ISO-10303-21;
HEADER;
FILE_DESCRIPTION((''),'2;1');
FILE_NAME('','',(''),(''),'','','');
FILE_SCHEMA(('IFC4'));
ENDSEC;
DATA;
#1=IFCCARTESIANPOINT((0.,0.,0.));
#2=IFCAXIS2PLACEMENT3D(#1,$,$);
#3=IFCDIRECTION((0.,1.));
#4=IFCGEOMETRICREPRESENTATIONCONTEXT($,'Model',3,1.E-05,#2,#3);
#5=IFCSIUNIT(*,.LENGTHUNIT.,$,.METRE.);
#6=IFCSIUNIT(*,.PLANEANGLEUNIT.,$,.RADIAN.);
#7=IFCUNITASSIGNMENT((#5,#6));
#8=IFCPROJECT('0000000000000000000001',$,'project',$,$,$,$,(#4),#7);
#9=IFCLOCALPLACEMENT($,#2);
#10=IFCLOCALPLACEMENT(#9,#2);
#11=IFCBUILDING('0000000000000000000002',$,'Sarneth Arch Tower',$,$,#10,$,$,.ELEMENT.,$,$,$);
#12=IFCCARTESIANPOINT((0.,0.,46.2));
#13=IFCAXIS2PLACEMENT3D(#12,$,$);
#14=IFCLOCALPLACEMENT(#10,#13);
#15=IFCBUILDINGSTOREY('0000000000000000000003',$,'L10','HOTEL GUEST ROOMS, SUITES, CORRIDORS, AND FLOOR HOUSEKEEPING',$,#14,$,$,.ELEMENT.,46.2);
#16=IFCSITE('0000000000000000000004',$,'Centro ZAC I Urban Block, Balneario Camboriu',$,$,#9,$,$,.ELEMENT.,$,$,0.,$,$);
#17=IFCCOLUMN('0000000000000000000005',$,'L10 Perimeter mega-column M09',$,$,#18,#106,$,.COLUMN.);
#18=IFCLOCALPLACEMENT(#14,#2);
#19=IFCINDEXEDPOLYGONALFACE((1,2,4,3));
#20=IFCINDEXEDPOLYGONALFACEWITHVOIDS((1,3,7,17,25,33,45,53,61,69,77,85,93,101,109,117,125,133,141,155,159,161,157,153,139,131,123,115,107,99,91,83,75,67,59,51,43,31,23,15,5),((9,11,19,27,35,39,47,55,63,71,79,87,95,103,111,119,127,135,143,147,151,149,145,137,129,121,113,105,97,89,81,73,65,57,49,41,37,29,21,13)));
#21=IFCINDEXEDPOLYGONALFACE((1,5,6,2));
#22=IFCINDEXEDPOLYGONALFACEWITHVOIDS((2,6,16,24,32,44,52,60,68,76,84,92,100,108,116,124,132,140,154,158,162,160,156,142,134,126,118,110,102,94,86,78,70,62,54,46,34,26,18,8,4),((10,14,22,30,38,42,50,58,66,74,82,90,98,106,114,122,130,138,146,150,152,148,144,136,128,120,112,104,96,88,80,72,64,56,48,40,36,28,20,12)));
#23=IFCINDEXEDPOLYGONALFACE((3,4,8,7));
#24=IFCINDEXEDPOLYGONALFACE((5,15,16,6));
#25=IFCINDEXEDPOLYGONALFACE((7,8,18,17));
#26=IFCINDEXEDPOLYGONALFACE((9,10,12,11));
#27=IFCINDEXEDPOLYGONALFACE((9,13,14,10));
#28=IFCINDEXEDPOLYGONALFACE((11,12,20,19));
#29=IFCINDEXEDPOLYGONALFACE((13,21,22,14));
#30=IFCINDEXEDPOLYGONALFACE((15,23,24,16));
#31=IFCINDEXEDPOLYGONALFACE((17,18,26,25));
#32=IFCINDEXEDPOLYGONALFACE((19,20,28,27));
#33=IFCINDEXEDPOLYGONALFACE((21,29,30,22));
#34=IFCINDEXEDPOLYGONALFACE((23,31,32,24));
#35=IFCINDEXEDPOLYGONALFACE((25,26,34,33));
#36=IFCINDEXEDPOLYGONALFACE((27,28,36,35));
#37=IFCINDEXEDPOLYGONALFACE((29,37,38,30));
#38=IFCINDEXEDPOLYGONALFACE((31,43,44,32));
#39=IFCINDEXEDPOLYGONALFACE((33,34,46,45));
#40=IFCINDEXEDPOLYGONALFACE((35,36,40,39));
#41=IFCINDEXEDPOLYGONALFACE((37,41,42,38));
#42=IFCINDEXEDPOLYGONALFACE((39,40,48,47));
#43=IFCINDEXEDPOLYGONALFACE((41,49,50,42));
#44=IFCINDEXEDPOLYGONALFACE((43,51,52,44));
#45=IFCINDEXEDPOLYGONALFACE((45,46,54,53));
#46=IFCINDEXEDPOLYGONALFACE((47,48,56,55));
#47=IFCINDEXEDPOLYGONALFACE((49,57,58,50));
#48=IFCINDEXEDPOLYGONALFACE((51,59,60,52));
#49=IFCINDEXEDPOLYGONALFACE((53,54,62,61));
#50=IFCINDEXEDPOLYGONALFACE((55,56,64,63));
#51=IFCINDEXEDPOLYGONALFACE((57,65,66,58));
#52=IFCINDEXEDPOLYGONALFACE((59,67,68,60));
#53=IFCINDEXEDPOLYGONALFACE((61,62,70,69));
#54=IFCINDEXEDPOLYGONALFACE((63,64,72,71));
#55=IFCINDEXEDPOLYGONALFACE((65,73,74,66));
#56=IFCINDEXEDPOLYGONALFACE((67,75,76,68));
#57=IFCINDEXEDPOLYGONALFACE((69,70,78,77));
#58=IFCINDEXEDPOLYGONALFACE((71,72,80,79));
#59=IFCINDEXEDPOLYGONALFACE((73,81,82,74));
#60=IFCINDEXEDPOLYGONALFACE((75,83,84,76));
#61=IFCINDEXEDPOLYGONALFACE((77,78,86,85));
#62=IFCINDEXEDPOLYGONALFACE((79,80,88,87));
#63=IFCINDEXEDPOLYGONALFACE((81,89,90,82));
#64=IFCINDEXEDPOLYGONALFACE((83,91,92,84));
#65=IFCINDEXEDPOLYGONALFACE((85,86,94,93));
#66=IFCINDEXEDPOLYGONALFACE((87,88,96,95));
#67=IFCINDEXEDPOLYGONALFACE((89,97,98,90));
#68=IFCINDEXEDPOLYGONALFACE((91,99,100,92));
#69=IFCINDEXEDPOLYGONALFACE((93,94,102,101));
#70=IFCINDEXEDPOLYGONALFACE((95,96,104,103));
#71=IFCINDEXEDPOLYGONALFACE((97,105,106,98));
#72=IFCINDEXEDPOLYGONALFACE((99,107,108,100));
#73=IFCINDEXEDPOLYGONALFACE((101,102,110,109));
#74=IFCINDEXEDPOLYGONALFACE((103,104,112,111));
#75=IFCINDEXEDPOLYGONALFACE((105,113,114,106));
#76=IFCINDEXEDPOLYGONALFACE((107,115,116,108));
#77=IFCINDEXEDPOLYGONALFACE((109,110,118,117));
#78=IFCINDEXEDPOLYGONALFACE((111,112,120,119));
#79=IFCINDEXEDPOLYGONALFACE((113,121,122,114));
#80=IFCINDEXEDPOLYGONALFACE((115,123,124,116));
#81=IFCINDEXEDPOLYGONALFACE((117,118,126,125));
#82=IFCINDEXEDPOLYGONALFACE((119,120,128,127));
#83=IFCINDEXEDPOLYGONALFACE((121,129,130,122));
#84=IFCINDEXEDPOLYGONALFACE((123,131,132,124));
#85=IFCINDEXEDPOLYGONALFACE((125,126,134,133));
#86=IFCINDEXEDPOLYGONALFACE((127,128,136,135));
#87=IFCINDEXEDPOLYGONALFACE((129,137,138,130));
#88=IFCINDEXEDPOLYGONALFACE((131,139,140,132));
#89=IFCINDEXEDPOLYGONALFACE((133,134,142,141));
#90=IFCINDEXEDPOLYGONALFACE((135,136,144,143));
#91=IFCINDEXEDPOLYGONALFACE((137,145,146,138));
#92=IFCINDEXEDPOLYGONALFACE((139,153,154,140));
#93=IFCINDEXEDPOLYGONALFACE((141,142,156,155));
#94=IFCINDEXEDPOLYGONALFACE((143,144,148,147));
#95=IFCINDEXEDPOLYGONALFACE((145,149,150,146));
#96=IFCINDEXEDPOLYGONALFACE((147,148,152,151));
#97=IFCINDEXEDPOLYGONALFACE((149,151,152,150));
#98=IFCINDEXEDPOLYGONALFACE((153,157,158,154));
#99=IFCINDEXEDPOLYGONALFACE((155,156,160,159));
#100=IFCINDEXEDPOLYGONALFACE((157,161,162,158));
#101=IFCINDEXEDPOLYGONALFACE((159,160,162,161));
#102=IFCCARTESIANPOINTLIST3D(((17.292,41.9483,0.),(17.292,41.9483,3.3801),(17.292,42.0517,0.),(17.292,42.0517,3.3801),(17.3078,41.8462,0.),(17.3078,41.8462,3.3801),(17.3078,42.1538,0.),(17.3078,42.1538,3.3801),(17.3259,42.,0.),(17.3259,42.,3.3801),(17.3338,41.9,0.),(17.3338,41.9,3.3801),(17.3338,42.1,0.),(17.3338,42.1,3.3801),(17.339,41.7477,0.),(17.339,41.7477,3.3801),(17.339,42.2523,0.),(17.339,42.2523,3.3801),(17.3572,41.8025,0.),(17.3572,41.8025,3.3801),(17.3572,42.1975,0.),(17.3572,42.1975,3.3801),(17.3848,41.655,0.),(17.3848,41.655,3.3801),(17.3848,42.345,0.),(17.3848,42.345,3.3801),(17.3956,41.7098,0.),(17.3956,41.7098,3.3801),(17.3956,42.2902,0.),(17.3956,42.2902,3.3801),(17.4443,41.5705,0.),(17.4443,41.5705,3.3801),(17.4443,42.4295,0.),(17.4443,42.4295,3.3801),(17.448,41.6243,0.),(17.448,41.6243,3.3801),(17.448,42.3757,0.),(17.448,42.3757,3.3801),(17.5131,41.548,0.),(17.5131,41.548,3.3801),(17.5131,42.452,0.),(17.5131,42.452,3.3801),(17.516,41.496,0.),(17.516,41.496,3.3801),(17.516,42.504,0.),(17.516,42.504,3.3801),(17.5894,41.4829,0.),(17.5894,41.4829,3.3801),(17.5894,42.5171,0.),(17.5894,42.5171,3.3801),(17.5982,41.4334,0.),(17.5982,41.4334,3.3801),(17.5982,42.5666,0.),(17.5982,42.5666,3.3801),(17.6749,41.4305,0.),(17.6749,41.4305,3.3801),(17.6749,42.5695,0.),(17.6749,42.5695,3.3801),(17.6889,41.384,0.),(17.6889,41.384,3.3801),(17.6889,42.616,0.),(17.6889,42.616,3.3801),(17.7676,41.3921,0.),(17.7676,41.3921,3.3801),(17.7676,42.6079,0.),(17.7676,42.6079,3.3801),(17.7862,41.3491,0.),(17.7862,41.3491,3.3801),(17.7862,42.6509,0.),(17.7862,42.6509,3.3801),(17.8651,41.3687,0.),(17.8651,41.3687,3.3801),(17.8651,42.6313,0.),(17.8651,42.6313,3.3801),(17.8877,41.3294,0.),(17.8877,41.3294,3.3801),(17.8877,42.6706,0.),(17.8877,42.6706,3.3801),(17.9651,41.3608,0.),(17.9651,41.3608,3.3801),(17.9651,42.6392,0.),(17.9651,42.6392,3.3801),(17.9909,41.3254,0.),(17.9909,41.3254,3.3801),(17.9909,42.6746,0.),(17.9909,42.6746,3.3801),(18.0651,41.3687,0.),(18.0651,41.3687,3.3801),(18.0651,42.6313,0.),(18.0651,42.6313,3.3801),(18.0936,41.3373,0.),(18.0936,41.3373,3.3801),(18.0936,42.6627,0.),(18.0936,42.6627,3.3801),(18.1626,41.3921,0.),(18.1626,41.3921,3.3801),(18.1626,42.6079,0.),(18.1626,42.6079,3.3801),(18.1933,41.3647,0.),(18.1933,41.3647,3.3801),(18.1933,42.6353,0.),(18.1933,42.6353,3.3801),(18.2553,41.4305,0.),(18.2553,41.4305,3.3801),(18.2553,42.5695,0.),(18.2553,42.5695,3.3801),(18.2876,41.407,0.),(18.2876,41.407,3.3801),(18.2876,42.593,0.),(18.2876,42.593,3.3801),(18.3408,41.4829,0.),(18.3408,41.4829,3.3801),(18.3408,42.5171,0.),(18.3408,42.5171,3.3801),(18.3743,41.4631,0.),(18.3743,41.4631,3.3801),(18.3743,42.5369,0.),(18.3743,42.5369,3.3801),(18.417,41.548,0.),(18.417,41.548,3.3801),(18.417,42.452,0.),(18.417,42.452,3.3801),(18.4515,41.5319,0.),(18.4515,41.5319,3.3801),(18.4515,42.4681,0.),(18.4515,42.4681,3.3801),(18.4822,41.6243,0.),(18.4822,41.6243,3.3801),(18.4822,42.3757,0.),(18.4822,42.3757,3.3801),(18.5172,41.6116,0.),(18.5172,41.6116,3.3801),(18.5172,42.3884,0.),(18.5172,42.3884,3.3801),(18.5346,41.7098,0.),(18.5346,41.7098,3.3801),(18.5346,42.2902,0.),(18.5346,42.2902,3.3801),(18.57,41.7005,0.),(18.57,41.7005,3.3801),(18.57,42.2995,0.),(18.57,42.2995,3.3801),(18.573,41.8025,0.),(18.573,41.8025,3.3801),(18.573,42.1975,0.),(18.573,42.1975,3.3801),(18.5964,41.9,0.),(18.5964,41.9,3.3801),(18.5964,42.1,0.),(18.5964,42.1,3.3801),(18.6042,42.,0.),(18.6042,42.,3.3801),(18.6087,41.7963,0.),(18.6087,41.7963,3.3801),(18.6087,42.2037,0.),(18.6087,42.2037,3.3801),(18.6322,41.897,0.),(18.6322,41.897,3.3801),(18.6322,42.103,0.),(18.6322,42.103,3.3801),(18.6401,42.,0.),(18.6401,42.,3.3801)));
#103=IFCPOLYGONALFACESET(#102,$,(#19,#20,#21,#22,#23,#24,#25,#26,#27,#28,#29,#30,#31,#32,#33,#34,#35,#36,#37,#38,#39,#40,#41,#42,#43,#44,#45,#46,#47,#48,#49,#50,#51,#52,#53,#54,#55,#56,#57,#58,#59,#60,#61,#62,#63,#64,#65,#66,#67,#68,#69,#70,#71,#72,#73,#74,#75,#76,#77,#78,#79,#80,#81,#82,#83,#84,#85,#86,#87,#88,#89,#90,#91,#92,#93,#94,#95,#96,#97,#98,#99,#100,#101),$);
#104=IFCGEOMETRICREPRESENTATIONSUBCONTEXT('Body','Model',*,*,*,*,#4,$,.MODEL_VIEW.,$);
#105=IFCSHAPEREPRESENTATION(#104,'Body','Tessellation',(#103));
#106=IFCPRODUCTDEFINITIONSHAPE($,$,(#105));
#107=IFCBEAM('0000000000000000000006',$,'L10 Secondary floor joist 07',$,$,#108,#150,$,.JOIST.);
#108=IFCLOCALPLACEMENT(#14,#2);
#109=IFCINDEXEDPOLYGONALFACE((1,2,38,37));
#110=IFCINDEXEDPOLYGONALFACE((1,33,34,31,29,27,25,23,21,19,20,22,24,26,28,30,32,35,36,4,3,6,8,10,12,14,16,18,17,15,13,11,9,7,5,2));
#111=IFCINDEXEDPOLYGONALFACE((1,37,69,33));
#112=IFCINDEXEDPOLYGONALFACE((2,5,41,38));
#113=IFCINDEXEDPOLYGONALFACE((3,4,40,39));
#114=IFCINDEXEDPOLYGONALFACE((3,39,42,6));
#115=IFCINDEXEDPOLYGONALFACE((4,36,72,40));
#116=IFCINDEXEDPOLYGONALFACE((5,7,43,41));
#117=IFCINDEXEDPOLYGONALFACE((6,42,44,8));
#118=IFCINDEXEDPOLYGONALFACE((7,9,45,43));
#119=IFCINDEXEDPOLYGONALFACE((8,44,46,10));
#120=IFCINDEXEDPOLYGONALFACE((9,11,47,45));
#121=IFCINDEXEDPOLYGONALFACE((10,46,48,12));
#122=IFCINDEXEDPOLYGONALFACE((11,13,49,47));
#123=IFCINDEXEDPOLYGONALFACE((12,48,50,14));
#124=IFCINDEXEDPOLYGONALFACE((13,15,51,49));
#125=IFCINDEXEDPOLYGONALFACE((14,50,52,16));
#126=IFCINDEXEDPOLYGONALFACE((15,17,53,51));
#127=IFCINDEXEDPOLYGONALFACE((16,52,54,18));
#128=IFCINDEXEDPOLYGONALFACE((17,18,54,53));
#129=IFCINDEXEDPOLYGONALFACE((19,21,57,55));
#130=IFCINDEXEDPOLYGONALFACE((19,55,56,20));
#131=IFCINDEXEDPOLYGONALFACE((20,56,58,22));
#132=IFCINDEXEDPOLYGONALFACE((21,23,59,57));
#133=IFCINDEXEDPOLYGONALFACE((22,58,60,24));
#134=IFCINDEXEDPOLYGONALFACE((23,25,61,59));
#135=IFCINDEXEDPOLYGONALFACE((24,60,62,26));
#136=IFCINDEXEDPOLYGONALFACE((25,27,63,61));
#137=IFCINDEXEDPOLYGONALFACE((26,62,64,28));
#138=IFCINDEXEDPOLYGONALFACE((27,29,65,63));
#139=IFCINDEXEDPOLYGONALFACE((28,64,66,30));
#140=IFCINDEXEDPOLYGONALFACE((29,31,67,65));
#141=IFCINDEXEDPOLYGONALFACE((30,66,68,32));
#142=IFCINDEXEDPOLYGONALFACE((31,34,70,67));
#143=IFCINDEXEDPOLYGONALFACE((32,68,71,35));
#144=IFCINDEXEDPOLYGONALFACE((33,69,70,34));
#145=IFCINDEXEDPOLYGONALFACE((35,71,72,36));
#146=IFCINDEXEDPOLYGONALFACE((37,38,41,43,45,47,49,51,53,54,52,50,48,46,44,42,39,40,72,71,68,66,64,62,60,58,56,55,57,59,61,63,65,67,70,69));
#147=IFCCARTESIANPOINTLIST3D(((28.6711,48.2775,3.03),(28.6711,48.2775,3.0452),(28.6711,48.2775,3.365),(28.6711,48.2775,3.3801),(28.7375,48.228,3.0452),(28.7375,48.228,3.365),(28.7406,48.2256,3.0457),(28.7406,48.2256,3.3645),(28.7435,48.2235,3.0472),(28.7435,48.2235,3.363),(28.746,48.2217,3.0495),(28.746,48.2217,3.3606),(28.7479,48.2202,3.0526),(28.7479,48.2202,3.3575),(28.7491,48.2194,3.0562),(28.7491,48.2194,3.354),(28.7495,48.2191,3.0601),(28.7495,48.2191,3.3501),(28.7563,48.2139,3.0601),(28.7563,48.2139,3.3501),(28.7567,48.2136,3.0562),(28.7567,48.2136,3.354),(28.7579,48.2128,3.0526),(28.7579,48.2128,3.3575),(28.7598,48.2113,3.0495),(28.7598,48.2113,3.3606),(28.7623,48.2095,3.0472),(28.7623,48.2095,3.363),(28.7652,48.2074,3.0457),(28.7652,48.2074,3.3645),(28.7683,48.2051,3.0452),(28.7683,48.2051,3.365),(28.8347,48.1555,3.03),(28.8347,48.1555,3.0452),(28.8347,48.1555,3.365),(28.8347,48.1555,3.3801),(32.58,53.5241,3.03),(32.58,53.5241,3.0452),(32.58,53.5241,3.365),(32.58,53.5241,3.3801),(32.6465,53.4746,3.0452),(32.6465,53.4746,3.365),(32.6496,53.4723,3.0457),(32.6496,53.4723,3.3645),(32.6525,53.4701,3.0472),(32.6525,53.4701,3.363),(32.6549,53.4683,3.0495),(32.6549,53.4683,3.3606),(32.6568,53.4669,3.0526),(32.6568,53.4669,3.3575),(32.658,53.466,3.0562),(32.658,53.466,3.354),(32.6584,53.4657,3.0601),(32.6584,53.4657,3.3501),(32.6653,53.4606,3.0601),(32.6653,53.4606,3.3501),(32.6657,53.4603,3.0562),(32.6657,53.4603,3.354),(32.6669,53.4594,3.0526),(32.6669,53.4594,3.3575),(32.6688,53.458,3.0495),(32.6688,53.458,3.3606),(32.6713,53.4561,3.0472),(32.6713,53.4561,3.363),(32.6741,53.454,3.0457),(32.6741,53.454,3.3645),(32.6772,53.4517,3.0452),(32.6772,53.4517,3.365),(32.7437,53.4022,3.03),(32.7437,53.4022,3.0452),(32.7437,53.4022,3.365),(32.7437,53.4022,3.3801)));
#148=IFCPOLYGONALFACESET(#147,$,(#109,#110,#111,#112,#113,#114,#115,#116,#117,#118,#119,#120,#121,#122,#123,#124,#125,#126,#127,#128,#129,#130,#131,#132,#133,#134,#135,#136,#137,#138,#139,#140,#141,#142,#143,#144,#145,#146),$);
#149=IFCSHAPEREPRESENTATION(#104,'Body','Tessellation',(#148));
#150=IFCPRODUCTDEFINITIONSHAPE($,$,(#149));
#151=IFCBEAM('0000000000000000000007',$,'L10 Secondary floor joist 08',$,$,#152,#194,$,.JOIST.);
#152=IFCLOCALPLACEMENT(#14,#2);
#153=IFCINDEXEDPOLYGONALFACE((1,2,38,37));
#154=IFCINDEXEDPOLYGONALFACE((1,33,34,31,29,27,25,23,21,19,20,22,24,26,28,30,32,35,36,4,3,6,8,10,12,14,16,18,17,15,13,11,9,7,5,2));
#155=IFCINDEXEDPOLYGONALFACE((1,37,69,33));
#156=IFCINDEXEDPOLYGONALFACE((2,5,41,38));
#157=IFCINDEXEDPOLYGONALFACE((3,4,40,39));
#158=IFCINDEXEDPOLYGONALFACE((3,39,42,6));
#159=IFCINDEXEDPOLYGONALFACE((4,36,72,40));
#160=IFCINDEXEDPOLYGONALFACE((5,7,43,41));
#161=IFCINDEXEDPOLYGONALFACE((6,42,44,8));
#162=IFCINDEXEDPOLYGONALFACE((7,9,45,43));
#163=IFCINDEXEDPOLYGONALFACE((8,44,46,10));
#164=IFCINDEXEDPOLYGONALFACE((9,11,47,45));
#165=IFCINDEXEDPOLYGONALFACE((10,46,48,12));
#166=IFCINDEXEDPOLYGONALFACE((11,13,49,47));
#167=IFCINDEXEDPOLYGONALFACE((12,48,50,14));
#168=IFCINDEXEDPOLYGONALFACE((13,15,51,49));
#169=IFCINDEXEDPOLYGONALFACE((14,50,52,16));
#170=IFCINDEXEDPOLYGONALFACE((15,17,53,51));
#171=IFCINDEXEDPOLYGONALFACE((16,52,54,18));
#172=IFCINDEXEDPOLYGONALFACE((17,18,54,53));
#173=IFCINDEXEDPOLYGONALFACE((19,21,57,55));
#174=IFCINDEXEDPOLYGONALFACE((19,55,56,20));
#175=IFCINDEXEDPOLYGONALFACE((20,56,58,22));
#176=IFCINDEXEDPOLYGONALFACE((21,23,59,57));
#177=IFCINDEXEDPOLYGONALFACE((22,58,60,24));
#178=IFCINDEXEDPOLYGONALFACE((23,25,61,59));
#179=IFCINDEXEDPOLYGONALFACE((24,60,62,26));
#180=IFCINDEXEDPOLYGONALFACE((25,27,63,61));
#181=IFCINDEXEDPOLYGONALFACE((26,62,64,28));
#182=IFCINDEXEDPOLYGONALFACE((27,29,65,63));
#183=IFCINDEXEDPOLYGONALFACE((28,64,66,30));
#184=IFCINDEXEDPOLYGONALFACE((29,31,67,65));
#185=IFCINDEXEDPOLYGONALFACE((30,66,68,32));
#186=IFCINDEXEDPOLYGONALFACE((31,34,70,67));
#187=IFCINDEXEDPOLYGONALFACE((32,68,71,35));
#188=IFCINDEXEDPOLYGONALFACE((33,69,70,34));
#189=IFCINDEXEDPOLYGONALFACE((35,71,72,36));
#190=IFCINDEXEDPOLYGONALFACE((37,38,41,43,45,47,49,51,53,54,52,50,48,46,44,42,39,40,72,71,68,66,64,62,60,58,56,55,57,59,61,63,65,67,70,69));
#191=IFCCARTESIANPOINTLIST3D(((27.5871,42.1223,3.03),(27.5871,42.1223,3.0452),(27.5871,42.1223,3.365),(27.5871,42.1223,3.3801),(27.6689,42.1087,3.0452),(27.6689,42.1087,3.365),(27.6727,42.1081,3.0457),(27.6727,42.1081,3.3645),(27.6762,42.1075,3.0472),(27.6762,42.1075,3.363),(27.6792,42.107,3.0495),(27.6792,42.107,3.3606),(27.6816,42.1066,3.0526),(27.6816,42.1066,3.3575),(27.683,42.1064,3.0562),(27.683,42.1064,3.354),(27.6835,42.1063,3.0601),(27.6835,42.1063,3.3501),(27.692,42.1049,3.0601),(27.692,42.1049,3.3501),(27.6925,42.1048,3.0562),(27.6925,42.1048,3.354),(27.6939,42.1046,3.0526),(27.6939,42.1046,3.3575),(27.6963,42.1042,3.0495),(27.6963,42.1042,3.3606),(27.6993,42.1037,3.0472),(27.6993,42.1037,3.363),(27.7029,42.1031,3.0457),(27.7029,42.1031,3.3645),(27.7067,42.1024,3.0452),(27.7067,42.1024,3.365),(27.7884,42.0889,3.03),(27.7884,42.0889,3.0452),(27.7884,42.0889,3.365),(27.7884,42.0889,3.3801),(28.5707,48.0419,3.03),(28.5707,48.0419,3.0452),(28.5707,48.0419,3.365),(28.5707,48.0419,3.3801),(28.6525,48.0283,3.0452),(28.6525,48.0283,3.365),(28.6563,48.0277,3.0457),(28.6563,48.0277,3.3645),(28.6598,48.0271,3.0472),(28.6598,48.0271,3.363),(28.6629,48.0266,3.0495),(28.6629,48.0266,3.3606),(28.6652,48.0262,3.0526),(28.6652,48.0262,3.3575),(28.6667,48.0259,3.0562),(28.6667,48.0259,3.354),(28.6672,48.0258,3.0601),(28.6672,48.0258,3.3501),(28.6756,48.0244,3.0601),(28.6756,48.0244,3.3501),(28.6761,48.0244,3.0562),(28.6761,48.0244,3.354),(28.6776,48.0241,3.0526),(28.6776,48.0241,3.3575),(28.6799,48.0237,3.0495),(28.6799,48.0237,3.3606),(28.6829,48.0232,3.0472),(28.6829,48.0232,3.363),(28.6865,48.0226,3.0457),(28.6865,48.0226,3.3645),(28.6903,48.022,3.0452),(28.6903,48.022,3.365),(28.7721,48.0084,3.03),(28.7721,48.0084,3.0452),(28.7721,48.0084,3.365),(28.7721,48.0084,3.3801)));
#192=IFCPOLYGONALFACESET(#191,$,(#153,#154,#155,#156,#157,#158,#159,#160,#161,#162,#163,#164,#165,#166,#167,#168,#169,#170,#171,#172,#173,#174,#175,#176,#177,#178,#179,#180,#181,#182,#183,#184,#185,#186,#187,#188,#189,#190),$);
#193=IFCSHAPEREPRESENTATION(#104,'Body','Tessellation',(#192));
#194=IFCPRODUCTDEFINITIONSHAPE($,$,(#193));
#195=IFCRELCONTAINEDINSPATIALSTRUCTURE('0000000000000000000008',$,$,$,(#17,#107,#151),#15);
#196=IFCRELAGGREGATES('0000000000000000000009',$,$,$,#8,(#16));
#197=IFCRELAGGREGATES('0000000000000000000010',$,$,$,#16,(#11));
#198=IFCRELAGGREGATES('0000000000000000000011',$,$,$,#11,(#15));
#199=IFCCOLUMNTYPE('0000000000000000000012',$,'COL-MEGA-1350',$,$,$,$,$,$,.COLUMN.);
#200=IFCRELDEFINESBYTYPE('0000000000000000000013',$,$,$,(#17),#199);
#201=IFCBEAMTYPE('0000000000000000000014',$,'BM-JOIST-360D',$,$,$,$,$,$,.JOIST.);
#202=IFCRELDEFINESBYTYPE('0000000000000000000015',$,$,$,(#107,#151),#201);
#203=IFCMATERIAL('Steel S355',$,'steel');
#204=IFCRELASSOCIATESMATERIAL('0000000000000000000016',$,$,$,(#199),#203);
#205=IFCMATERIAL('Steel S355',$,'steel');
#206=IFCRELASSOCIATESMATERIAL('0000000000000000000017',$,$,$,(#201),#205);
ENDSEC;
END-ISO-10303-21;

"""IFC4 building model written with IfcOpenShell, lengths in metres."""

from ifc_helpers import new_model, si_unit, direction, frame, origin, origin_2d, place, context, subcontext, project, spatial, hollow_circle, i_section, extrude, material, material_profile, profile_set, type_object, element, save


model = new_model("IFC4")

# Units and contexts
model_context = context("Model", 3, precision=1e-05, world=origin(), true_north=direction((0.0, 1.0)))
body_context = subcontext(model_context, "Body", "Model", "MODEL_VIEW")
ifc_project = project(units=[si_unit("LENGTHUNIT", "METRE"), si_unit("PLANEANGLEUNIT", "RADIAN")], contexts=[model_context])

# Site, building, storey
site_placement = place(None, origin())
site = spatial("IfcSite", under=ifc_project, at=site_placement, Name="Centro ZAC I Urban Block, Balneario Camboriu", CompositionType="ELEMENT", RefElevation=0.0)
building_placement = place(site_placement, origin())
building = spatial("IfcBuilding", under=site, at=building_placement, Name="Sarneth Arch Tower", CompositionType="ELEMENT")
storey_placement = place(building_placement, frame((0.0, 0.0, 46.2)))
storey = spatial("IfcBuildingStorey", under=building, at=storey_placement, Name="L10", Description="HOTEL GUEST ROOMS, SUITES, CORRIDORS, AND FLOOR HOUSEKEEPING", CompositionType="ELEMENT", Elevation=46.2)

# Column
ifc_material_1 = material(Name="Steel S355", Category="steel")
ifc_material_profile_1 = material_profile(ifc_material_1, hollow_circle(Radius=0.675, WallThickness=0.0359, at=origin_2d()), Name="CHS1350x36")
ifc_profile_set_1 = profile_set([ifc_material_profile_1], Name="Steel S355")
column_type = type_object("IfcColumnType", Name="COL-MEGA-1350", PredefinedType="COLUMN", material=ifc_profile_set_1)
for number, where, z_axis, x_axis, name in (
    (1, (17.9651, 42.0, 0.0), (0.0, 0.0, 1.0), (1.0, 0.0, 0.0), "L10 Perimeter mega-column M09"),
):
    element("IfcColumn", number, at=place(storey_placement, frame(where, z_axis=z_axis, x_axis=x_axis)), inside=storey, type_object=column_type, Name=name, PredefinedType="COLUMN", context=body_context, shape_type="SweptSolid", body=[
        extrude(hollow_circle(Radius=0.675, WallThickness=0.0359, at=origin_2d()), origin(), (0.0, 0.0, 1.0), 3.3801),
    ])

# Beams
ifc_material_2 = material(Name="Steel S355", Category="steel")
ifc_material_profile_2 = material_profile(ifc_material_2, i_section(OverallWidth=0.2041, OverallDepth=0.3501, WebThickness=0.0085, FlangeThickness=0.0151, FilletRadius=0.0149, at=origin_2d()), Name="W360x72")
ifc_profile_set_2 = profile_set([ifc_material_profile_2], Name="Steel S355")
beam_type_1 = type_object("IfcBeamType", Name="BM-JOIST-360D", PredefinedType="JOIST", material=ifc_profile_set_2)
beam_1_placement = place(storey_placement, frame((32.6619, 53.4631, 3.2051), z_axis=(-0.597454, -0.801904, 0.0), x_axis=(0.801904, -0.597454, 0.0)))
element("IfcBeam", 2, at=beam_1_placement, inside=storey, type_object=beam_type_1, Name="L10 Secondary floor joist 07", PredefinedType="JOIST", context=body_context, shape_type="SweptSolid", body=[
    extrude(i_section(OverallWidth=0.2041, OverallDepth=0.3501, WebThickness=0.0085, FlangeThickness=0.0151, FilletRadius=0.0149, at=origin_2d()), origin(), (0.0, 0.0, 1.0), 6.5427),
])
for number, where, z_axis, x_axis, name in (
    (3, (28.6714, 48.0251, 3.2051), (-0.163917, -0.986474, 0.0), (0.986474, -0.163917, 0.0), "L10 Secondary floor joist 08"),
):
    element("IfcBeam", number, at=place(storey_placement, frame(where, z_axis=z_axis, x_axis=x_axis)), inside=storey, type_object=beam_type_1, Name=name, PredefinedType="JOIST", context=body_context, shape_type="SweptSolid", body=[
        extrude(i_section(OverallWidth=0.2041, OverallDepth=0.3501, WebThickness=0.0085, FlangeThickness=0.0151, FilletRadius=0.0149, at=origin_2d()), origin(), (0.0, 0.0, 1.0), 6.0007),
    ])

save(model, "model.ifc")
